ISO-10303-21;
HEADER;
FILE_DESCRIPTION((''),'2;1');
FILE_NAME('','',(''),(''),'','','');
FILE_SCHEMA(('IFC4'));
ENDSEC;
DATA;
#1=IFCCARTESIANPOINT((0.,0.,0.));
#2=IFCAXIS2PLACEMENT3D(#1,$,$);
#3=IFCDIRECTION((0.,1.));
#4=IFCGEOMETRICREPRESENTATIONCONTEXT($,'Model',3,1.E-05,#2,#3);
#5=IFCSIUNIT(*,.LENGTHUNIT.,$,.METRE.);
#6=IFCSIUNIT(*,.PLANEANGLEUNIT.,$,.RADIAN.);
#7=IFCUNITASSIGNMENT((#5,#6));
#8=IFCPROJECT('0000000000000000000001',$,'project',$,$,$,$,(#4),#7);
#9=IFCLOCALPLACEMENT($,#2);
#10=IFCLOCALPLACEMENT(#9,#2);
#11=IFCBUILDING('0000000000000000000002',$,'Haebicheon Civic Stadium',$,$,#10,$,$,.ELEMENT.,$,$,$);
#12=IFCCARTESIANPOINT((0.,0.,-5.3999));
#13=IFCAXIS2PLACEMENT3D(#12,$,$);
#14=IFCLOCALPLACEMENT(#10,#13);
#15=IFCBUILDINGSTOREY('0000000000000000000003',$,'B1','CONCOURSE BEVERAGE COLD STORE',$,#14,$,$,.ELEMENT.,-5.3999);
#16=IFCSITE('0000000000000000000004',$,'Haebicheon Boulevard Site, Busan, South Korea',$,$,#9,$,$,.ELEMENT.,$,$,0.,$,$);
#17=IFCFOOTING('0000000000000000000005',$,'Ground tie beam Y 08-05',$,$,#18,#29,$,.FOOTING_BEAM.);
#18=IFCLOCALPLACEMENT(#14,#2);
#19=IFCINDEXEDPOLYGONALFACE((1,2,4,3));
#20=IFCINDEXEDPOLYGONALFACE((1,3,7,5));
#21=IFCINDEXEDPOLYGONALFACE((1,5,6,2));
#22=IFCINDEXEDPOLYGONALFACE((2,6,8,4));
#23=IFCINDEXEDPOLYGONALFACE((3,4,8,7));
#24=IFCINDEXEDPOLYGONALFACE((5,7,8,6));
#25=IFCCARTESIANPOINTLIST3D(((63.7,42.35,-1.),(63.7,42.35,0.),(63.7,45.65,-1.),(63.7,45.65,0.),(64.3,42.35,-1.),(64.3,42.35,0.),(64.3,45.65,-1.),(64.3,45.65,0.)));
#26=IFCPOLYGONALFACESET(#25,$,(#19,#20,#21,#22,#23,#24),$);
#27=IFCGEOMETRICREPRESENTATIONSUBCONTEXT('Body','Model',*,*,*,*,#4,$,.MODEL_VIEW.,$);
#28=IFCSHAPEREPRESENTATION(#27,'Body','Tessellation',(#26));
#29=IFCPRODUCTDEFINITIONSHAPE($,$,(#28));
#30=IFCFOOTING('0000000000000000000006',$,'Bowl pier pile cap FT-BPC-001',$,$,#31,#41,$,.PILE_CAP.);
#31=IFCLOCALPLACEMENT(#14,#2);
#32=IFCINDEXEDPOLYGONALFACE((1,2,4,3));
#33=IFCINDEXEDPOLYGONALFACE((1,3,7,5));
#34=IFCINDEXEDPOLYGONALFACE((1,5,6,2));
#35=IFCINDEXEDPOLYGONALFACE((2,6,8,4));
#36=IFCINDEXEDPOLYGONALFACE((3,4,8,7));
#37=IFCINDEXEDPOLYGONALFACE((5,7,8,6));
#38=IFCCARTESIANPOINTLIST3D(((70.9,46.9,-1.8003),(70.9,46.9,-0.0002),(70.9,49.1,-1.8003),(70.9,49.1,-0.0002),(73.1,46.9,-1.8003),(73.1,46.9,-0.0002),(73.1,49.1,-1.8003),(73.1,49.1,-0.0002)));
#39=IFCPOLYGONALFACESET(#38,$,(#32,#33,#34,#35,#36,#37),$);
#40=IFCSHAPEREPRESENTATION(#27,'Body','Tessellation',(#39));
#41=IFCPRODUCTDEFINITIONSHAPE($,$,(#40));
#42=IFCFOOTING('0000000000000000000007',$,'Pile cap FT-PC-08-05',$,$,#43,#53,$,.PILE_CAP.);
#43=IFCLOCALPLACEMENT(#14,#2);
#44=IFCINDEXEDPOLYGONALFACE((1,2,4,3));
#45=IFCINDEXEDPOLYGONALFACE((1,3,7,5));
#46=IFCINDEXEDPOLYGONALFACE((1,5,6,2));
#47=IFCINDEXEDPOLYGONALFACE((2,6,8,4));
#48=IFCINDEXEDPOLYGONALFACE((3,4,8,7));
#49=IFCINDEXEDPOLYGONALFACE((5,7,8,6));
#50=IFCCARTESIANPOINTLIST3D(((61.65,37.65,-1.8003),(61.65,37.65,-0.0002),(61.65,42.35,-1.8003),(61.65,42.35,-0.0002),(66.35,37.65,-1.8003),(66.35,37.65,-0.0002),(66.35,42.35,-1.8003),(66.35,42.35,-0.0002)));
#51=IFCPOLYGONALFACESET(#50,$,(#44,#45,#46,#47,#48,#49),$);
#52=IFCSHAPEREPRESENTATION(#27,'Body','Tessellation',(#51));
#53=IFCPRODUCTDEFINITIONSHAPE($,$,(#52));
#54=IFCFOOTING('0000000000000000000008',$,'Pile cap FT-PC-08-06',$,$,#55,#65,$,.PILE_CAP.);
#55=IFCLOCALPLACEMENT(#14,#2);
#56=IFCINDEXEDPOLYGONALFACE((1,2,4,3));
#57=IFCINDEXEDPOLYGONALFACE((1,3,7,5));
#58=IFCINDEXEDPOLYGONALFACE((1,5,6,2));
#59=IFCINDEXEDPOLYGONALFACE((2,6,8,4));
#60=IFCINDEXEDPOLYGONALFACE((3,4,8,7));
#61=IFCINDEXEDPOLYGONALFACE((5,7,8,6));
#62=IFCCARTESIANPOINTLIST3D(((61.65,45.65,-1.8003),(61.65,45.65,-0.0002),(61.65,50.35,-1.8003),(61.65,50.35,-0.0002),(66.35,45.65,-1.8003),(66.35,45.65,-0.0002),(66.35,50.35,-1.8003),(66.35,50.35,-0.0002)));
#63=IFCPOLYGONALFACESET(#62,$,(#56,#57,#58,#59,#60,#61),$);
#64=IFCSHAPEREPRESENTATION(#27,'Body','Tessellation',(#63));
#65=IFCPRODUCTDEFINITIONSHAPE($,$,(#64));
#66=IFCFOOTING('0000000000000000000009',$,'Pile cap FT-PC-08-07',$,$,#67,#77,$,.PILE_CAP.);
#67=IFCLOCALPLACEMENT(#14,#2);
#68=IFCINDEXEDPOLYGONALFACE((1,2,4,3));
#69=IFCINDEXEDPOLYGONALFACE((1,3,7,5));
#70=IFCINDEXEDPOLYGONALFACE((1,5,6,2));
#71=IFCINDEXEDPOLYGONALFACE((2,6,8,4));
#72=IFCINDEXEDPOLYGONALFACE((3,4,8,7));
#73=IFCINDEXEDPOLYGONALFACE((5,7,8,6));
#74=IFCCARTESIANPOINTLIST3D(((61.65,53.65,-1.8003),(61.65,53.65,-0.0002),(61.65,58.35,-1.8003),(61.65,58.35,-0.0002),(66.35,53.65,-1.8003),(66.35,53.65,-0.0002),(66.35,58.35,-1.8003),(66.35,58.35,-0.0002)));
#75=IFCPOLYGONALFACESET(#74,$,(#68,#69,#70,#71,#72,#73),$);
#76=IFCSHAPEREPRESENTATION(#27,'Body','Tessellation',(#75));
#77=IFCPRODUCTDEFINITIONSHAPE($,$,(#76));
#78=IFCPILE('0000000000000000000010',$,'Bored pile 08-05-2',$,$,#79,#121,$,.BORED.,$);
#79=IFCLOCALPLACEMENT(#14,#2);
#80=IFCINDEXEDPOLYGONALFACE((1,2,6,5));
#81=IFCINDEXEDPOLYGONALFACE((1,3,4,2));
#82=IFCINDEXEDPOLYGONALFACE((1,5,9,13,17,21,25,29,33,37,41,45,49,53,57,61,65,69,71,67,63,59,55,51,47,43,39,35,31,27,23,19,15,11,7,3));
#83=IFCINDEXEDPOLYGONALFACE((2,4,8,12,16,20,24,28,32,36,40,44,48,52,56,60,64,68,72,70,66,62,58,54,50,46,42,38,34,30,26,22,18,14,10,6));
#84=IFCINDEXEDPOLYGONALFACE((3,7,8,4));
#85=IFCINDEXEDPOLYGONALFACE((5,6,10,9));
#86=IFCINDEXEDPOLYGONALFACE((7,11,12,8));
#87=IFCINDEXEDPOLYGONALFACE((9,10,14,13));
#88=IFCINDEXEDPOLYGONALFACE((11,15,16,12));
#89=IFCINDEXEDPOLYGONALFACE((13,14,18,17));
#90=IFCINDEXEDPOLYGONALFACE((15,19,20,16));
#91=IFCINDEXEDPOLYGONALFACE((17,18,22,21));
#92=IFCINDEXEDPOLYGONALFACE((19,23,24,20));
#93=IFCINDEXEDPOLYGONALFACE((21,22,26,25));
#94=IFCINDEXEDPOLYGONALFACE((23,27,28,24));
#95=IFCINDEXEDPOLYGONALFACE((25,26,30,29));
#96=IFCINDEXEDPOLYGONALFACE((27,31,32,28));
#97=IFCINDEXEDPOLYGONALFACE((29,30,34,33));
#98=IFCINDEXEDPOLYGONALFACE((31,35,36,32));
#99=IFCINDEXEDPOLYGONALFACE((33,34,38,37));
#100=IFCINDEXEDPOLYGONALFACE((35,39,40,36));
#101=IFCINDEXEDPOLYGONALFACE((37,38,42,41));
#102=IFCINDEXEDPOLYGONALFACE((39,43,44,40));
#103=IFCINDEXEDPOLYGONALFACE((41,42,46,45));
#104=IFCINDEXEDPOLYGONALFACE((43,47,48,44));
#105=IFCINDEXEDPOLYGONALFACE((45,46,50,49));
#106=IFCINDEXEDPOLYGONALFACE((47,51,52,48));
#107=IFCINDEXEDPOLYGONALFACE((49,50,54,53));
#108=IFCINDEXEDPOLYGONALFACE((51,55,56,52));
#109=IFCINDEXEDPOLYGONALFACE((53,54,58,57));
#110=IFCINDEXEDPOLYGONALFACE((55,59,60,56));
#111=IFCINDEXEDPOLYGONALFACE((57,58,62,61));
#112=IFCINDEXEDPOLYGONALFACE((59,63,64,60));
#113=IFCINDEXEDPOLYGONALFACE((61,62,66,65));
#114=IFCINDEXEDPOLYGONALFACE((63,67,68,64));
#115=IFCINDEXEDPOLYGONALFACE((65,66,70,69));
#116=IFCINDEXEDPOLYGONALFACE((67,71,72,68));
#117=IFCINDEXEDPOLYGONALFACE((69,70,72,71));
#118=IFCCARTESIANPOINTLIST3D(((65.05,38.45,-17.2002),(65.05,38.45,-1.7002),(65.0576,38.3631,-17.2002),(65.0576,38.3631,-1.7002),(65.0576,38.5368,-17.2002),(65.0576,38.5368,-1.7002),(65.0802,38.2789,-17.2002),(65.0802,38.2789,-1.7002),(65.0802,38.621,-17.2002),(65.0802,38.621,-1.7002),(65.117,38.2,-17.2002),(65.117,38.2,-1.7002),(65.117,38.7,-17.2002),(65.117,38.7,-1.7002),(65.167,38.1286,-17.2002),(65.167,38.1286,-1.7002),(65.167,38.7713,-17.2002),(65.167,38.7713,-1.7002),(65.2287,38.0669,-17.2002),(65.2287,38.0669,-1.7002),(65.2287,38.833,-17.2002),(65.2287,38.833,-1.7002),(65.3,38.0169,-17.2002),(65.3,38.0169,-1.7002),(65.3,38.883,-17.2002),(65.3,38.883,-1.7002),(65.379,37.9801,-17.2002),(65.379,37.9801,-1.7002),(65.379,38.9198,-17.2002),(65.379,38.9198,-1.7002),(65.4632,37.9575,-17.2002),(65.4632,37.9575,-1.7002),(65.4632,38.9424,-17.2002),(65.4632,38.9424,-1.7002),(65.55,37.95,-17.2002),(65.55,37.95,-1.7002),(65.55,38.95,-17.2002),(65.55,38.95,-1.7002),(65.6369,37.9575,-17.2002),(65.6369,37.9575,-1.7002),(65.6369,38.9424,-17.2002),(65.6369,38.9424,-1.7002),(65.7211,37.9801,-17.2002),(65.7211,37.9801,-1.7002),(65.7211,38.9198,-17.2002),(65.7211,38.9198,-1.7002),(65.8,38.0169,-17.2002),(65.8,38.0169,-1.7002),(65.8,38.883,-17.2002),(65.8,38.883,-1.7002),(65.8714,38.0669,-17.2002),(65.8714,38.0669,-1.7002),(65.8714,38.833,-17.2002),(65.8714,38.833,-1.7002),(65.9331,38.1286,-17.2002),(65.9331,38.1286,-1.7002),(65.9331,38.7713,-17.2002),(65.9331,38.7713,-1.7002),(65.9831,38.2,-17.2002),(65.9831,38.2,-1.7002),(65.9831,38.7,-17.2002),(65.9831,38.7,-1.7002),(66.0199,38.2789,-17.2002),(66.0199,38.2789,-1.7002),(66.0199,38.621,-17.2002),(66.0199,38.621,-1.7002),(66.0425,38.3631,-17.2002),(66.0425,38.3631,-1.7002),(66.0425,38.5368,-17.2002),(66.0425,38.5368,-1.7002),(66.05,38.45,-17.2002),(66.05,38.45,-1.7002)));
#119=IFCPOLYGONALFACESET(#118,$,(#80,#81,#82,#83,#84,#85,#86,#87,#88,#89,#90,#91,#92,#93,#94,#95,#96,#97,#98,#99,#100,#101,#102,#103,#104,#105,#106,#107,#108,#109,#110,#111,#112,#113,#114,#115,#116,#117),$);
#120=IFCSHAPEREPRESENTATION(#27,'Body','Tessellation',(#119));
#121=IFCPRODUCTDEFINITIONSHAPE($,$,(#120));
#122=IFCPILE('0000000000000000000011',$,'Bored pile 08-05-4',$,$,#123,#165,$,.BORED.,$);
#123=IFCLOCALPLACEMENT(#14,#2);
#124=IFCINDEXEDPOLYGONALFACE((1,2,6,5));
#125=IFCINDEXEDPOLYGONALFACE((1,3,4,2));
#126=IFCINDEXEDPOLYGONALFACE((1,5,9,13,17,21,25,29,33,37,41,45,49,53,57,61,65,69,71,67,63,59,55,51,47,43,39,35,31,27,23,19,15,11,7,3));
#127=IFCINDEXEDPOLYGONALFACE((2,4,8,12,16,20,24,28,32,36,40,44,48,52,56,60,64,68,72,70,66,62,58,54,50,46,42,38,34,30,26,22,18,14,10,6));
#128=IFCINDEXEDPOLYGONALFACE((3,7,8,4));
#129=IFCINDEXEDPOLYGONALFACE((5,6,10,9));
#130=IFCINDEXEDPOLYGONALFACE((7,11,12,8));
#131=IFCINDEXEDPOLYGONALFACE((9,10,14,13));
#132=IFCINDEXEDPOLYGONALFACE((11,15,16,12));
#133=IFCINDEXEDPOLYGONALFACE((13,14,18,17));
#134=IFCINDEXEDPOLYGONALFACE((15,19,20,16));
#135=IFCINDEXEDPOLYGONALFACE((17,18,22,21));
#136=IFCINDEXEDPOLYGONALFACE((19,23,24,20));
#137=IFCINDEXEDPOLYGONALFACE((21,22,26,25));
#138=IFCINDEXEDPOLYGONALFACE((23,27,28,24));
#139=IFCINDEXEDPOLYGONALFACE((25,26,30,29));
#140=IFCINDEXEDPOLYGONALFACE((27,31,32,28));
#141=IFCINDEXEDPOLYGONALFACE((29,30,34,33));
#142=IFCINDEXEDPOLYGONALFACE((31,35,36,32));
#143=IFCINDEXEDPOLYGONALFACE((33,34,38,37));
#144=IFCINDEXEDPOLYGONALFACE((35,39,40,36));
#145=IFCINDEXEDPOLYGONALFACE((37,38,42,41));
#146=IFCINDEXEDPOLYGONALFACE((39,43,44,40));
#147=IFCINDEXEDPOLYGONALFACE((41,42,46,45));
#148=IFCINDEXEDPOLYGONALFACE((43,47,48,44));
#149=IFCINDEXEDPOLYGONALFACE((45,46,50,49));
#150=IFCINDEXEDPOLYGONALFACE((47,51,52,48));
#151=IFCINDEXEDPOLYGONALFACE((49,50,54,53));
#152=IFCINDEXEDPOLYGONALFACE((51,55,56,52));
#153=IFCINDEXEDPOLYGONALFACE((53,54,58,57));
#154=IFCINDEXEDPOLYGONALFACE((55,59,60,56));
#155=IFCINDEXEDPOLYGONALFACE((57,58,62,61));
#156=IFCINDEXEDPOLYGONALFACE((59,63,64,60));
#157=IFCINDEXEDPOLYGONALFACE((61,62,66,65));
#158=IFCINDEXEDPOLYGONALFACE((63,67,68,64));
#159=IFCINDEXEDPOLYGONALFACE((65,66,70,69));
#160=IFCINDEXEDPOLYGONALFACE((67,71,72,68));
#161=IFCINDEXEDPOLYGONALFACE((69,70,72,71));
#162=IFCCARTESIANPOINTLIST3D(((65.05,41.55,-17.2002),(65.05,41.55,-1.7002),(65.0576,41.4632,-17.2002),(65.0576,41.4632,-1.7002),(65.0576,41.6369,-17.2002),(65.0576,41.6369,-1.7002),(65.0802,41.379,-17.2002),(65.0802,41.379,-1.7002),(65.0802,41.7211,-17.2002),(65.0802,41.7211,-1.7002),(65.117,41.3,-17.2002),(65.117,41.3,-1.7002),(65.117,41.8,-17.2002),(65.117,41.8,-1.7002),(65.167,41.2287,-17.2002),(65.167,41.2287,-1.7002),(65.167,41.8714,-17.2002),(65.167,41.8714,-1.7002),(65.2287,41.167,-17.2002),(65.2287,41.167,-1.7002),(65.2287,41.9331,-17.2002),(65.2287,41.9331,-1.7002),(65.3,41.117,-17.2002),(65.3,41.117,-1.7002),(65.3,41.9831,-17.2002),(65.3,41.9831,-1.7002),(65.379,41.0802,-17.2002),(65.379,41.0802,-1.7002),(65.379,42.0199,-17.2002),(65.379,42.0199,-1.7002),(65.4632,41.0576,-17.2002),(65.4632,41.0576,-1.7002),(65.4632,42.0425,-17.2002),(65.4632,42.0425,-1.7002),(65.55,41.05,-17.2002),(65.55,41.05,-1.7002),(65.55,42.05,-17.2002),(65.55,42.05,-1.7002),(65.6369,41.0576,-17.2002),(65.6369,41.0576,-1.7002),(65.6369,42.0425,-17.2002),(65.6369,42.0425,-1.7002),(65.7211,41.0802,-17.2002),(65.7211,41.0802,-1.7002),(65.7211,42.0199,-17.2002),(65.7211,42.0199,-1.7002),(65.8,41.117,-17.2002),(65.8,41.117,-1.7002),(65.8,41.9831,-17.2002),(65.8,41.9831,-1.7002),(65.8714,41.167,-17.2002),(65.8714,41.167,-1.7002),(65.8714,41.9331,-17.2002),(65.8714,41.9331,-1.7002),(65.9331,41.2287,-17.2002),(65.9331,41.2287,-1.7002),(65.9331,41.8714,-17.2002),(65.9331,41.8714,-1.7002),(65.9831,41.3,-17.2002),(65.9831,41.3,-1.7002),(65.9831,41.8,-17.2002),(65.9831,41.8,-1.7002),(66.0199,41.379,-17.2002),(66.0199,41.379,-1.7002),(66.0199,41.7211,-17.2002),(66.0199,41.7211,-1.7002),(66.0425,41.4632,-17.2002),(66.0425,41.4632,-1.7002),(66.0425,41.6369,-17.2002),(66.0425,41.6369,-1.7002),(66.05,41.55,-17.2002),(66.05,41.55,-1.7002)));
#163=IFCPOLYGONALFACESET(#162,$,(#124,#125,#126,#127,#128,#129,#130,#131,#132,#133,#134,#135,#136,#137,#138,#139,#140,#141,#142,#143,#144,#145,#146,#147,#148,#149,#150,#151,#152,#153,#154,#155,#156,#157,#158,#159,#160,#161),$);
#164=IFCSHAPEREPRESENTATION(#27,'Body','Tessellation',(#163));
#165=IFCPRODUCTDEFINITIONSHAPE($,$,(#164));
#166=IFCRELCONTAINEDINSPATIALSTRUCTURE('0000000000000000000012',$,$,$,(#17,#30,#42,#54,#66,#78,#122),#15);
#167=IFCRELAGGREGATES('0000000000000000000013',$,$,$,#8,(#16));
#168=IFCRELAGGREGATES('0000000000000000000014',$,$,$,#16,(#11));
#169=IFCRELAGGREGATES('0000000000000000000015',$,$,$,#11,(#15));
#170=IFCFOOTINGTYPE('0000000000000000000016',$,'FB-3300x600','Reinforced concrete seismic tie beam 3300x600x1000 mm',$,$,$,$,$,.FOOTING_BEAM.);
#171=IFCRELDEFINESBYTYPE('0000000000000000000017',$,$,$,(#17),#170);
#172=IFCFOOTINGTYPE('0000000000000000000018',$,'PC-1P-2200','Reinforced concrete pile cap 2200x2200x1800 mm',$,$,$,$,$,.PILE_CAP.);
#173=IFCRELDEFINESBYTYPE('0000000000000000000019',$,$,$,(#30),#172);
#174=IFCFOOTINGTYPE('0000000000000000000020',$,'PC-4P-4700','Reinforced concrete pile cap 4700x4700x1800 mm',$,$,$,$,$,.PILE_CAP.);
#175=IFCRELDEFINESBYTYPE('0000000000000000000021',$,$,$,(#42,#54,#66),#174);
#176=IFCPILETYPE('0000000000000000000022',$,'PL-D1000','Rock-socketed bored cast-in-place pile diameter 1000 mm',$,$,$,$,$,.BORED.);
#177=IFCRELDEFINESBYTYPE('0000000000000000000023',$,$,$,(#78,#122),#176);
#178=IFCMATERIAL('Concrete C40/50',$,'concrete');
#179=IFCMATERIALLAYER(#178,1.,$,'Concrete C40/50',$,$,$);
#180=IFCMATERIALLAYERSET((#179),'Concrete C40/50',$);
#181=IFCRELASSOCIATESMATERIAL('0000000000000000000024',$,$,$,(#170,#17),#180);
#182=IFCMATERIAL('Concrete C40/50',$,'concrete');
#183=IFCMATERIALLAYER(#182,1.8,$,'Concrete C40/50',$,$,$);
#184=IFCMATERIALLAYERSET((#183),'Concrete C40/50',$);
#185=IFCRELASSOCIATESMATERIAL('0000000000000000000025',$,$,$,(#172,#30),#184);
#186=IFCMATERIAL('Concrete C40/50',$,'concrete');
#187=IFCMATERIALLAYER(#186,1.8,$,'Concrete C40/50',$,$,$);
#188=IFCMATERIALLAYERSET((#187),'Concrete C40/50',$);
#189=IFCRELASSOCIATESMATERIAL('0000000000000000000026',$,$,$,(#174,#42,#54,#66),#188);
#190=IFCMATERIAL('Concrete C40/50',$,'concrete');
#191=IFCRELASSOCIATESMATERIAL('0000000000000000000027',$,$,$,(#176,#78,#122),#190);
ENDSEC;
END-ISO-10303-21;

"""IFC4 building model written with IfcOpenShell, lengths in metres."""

from ifc_helpers import new_model, si_unit, direction, frame, origin, origin_2d, place, context, subcontext, project, spatial, rectangle, circle, extrude, material, layer, layer_set, material_profile, profile_set, type_object, element, save


model = new_model("IFC4")

# Units and contexts
model_context = context("Model", 3, precision=1e-05, world=origin(), true_north=direction((0.0, 1.0)))
body_context = subcontext(model_context, "Body", "Model", "MODEL_VIEW")
ifc_project = project(units=[si_unit("LENGTHUNIT", "METRE"), si_unit("PLANEANGLEUNIT", "RADIAN")], contexts=[model_context])

# Site, building, storey
site_placement = place(None, origin())
site = spatial("IfcSite", under=ifc_project, at=site_placement, Name="Haebicheon Boulevard Site, Busan, South Korea", CompositionType="ELEMENT", RefElevation=0.0)
building_placement = place(site_placement, origin())
building = spatial("IfcBuilding", under=site, at=building_placement, Name="Haebicheon Civic Stadium", CompositionType="ELEMENT")
storey_placement = place(building_placement, frame((0.0, 0.0, -5.3999)))
storey = spatial("IfcBuildingStorey", under=building, at=storey_placement, Name="B1", Description="CONCOURSE BEVERAGE COLD STORE", CompositionType="ELEMENT", Elevation=-5.3999)

# Footings
ifc_material_1 = material(Name="Concrete C40/50", Category="concrete")
ifc_layer_1 = layer(ifc_material_1, 1.0, Name="Concrete C40/50")
ifc_layer_set_1 = layer_set([ifc_layer_1], Name="Concrete C40/50")
footing_type_1 = type_object("IfcFootingType", Name="FB-3300x600", Description="Reinforced concrete seismic tie beam 3300x600x1000 mm", PredefinedType="FOOTING_BEAM", material=ifc_layer_set_1)
footing_1_placement = place(storey_placement, frame((64.0, 44.0, -1.0), z_axis=(0.0, 0.0, 1.0), x_axis=(0.0, 1.0, 0.0)))
element("IfcFooting", 1, at=footing_1_placement, inside=storey, type_object=footing_type_1, material=ifc_layer_set_1, Name="Ground tie beam Y 08-05", PredefinedType="FOOTING_BEAM", context=body_context, shape_type="SweptSolid", body=[
    extrude(rectangle(XDim=3.3, YDim=0.6001, at=origin_2d()), origin(), (0.0, 0.0, 1.0), 1.0),
])
ifc_material_2 = material(Name="Concrete C40/50", Category="concrete")
ifc_layer_2 = layer(ifc_material_2, 1.8, Name="Concrete C40/50")
ifc_layer_set_2 = layer_set([ifc_layer_2], Name="Concrete C40/50")
footing_type_2 = type_object("IfcFootingType", Name="PC-1P-2200", Description="Reinforced concrete pile cap 2200x2200x1800 mm", PredefinedType="PILE_CAP", material=ifc_layer_set_2)
footing_2_placement = place(storey_placement, frame((72.0, 48.0, -1.8003), z_axis=(0.0, 0.0, 1.0), x_axis=(1.0, 0.0, 0.0)))
element("IfcFooting", 2, at=footing_2_placement, inside=storey, type_object=footing_type_2, material=ifc_layer_set_2, Name="Bowl pier pile cap FT-BPC-001", PredefinedType="PILE_CAP", context=body_context, shape_type="SweptSolid", body=[
    extrude(rectangle(XDim=2.2, YDim=2.2, at=origin_2d()), origin(), (0.0, 0.0, 1.0), 1.8),
])
ifc_material_3 = material(Name="Concrete C40/50", Category="concrete")
ifc_layer_3 = layer(ifc_material_3, 1.8, Name="Concrete C40/50")
ifc_layer_set_3 = layer_set([ifc_layer_3], Name="Concrete C40/50")
footing_type_3 = type_object("IfcFootingType", Name="PC-4P-4700", Description="Reinforced concrete pile cap 4700x4700x1800 mm", PredefinedType="PILE_CAP", material=ifc_layer_set_3)
for number, where, z_axis, x_axis, name in (
    (3, (64.0, 40.0, -1.8003), (0.0, 0.0, 1.0), (1.0, 0.0, 0.0), "Pile cap FT-PC-08-05"),
    (4, (64.0, 48.0, -1.8003), (0.0, 0.0, 1.0), (1.0, 0.0, 0.0), "Pile cap FT-PC-08-06"),
    (5, (64.0, 56.0, -1.8003), (0.0, 0.0, 1.0), (1.0, 0.0, 0.0), "Pile cap FT-PC-08-07"),
):
    element("IfcFooting", number, at=place(storey_placement, frame(where, z_axis=z_axis, x_axis=x_axis)), inside=storey, type_object=footing_type_3, material=ifc_layer_set_3, Name=name, PredefinedType="PILE_CAP", context=body_context, shape_type="SweptSolid", body=[
        extrude(rectangle(XDim=4.7, YDim=4.7, at=origin_2d()), origin(), (0.0, 0.0, 1.0), 1.8),
    ])

# Piles
ifc_material_4 = material(Name="Concrete C40/50", Category="concrete")
ifc_material_profile_1 = material_profile(ifc_material_4, circle(Radius=0.5, at=origin_2d()), Name="PILE-D1000")
ifc_profile_set_1 = profile_set([ifc_material_profile_1], Name="Concrete C40/50")
pile_type = type_object("IfcPileType", Name="PL-D1000", Description="Rock-socketed bored cast-in-place pile diameter 1000 mm", PredefinedType="BORED", material=ifc_profile_set_1)
for number, where, z_axis, x_axis, name in (
    (6, (65.55, 38.45, -1.7002), (0.0, 0.0, -1.0), (1.0, 0.0, 0.0), "Bored pile 08-05-2"),
    (7, (65.55, 41.55, -1.7002), (0.0, 0.0, -1.0), (1.0, 0.0, 0.0), "Bored pile 08-05-4"),
):
    element("IfcPile", number, at=place(storey_placement, frame(where, z_axis=z_axis, x_axis=x_axis)), inside=storey, type_object=pile_type, material=ifc_profile_set_1, Name=name, PredefinedType="BORED", context=body_context, shape_type="SweptSolid", body=[
        extrude(circle(Radius=0.5, at=origin_2d()), origin(), (0.0, 0.0, 1.0), 15.5),
    ])

save(model, "model.ifc")
